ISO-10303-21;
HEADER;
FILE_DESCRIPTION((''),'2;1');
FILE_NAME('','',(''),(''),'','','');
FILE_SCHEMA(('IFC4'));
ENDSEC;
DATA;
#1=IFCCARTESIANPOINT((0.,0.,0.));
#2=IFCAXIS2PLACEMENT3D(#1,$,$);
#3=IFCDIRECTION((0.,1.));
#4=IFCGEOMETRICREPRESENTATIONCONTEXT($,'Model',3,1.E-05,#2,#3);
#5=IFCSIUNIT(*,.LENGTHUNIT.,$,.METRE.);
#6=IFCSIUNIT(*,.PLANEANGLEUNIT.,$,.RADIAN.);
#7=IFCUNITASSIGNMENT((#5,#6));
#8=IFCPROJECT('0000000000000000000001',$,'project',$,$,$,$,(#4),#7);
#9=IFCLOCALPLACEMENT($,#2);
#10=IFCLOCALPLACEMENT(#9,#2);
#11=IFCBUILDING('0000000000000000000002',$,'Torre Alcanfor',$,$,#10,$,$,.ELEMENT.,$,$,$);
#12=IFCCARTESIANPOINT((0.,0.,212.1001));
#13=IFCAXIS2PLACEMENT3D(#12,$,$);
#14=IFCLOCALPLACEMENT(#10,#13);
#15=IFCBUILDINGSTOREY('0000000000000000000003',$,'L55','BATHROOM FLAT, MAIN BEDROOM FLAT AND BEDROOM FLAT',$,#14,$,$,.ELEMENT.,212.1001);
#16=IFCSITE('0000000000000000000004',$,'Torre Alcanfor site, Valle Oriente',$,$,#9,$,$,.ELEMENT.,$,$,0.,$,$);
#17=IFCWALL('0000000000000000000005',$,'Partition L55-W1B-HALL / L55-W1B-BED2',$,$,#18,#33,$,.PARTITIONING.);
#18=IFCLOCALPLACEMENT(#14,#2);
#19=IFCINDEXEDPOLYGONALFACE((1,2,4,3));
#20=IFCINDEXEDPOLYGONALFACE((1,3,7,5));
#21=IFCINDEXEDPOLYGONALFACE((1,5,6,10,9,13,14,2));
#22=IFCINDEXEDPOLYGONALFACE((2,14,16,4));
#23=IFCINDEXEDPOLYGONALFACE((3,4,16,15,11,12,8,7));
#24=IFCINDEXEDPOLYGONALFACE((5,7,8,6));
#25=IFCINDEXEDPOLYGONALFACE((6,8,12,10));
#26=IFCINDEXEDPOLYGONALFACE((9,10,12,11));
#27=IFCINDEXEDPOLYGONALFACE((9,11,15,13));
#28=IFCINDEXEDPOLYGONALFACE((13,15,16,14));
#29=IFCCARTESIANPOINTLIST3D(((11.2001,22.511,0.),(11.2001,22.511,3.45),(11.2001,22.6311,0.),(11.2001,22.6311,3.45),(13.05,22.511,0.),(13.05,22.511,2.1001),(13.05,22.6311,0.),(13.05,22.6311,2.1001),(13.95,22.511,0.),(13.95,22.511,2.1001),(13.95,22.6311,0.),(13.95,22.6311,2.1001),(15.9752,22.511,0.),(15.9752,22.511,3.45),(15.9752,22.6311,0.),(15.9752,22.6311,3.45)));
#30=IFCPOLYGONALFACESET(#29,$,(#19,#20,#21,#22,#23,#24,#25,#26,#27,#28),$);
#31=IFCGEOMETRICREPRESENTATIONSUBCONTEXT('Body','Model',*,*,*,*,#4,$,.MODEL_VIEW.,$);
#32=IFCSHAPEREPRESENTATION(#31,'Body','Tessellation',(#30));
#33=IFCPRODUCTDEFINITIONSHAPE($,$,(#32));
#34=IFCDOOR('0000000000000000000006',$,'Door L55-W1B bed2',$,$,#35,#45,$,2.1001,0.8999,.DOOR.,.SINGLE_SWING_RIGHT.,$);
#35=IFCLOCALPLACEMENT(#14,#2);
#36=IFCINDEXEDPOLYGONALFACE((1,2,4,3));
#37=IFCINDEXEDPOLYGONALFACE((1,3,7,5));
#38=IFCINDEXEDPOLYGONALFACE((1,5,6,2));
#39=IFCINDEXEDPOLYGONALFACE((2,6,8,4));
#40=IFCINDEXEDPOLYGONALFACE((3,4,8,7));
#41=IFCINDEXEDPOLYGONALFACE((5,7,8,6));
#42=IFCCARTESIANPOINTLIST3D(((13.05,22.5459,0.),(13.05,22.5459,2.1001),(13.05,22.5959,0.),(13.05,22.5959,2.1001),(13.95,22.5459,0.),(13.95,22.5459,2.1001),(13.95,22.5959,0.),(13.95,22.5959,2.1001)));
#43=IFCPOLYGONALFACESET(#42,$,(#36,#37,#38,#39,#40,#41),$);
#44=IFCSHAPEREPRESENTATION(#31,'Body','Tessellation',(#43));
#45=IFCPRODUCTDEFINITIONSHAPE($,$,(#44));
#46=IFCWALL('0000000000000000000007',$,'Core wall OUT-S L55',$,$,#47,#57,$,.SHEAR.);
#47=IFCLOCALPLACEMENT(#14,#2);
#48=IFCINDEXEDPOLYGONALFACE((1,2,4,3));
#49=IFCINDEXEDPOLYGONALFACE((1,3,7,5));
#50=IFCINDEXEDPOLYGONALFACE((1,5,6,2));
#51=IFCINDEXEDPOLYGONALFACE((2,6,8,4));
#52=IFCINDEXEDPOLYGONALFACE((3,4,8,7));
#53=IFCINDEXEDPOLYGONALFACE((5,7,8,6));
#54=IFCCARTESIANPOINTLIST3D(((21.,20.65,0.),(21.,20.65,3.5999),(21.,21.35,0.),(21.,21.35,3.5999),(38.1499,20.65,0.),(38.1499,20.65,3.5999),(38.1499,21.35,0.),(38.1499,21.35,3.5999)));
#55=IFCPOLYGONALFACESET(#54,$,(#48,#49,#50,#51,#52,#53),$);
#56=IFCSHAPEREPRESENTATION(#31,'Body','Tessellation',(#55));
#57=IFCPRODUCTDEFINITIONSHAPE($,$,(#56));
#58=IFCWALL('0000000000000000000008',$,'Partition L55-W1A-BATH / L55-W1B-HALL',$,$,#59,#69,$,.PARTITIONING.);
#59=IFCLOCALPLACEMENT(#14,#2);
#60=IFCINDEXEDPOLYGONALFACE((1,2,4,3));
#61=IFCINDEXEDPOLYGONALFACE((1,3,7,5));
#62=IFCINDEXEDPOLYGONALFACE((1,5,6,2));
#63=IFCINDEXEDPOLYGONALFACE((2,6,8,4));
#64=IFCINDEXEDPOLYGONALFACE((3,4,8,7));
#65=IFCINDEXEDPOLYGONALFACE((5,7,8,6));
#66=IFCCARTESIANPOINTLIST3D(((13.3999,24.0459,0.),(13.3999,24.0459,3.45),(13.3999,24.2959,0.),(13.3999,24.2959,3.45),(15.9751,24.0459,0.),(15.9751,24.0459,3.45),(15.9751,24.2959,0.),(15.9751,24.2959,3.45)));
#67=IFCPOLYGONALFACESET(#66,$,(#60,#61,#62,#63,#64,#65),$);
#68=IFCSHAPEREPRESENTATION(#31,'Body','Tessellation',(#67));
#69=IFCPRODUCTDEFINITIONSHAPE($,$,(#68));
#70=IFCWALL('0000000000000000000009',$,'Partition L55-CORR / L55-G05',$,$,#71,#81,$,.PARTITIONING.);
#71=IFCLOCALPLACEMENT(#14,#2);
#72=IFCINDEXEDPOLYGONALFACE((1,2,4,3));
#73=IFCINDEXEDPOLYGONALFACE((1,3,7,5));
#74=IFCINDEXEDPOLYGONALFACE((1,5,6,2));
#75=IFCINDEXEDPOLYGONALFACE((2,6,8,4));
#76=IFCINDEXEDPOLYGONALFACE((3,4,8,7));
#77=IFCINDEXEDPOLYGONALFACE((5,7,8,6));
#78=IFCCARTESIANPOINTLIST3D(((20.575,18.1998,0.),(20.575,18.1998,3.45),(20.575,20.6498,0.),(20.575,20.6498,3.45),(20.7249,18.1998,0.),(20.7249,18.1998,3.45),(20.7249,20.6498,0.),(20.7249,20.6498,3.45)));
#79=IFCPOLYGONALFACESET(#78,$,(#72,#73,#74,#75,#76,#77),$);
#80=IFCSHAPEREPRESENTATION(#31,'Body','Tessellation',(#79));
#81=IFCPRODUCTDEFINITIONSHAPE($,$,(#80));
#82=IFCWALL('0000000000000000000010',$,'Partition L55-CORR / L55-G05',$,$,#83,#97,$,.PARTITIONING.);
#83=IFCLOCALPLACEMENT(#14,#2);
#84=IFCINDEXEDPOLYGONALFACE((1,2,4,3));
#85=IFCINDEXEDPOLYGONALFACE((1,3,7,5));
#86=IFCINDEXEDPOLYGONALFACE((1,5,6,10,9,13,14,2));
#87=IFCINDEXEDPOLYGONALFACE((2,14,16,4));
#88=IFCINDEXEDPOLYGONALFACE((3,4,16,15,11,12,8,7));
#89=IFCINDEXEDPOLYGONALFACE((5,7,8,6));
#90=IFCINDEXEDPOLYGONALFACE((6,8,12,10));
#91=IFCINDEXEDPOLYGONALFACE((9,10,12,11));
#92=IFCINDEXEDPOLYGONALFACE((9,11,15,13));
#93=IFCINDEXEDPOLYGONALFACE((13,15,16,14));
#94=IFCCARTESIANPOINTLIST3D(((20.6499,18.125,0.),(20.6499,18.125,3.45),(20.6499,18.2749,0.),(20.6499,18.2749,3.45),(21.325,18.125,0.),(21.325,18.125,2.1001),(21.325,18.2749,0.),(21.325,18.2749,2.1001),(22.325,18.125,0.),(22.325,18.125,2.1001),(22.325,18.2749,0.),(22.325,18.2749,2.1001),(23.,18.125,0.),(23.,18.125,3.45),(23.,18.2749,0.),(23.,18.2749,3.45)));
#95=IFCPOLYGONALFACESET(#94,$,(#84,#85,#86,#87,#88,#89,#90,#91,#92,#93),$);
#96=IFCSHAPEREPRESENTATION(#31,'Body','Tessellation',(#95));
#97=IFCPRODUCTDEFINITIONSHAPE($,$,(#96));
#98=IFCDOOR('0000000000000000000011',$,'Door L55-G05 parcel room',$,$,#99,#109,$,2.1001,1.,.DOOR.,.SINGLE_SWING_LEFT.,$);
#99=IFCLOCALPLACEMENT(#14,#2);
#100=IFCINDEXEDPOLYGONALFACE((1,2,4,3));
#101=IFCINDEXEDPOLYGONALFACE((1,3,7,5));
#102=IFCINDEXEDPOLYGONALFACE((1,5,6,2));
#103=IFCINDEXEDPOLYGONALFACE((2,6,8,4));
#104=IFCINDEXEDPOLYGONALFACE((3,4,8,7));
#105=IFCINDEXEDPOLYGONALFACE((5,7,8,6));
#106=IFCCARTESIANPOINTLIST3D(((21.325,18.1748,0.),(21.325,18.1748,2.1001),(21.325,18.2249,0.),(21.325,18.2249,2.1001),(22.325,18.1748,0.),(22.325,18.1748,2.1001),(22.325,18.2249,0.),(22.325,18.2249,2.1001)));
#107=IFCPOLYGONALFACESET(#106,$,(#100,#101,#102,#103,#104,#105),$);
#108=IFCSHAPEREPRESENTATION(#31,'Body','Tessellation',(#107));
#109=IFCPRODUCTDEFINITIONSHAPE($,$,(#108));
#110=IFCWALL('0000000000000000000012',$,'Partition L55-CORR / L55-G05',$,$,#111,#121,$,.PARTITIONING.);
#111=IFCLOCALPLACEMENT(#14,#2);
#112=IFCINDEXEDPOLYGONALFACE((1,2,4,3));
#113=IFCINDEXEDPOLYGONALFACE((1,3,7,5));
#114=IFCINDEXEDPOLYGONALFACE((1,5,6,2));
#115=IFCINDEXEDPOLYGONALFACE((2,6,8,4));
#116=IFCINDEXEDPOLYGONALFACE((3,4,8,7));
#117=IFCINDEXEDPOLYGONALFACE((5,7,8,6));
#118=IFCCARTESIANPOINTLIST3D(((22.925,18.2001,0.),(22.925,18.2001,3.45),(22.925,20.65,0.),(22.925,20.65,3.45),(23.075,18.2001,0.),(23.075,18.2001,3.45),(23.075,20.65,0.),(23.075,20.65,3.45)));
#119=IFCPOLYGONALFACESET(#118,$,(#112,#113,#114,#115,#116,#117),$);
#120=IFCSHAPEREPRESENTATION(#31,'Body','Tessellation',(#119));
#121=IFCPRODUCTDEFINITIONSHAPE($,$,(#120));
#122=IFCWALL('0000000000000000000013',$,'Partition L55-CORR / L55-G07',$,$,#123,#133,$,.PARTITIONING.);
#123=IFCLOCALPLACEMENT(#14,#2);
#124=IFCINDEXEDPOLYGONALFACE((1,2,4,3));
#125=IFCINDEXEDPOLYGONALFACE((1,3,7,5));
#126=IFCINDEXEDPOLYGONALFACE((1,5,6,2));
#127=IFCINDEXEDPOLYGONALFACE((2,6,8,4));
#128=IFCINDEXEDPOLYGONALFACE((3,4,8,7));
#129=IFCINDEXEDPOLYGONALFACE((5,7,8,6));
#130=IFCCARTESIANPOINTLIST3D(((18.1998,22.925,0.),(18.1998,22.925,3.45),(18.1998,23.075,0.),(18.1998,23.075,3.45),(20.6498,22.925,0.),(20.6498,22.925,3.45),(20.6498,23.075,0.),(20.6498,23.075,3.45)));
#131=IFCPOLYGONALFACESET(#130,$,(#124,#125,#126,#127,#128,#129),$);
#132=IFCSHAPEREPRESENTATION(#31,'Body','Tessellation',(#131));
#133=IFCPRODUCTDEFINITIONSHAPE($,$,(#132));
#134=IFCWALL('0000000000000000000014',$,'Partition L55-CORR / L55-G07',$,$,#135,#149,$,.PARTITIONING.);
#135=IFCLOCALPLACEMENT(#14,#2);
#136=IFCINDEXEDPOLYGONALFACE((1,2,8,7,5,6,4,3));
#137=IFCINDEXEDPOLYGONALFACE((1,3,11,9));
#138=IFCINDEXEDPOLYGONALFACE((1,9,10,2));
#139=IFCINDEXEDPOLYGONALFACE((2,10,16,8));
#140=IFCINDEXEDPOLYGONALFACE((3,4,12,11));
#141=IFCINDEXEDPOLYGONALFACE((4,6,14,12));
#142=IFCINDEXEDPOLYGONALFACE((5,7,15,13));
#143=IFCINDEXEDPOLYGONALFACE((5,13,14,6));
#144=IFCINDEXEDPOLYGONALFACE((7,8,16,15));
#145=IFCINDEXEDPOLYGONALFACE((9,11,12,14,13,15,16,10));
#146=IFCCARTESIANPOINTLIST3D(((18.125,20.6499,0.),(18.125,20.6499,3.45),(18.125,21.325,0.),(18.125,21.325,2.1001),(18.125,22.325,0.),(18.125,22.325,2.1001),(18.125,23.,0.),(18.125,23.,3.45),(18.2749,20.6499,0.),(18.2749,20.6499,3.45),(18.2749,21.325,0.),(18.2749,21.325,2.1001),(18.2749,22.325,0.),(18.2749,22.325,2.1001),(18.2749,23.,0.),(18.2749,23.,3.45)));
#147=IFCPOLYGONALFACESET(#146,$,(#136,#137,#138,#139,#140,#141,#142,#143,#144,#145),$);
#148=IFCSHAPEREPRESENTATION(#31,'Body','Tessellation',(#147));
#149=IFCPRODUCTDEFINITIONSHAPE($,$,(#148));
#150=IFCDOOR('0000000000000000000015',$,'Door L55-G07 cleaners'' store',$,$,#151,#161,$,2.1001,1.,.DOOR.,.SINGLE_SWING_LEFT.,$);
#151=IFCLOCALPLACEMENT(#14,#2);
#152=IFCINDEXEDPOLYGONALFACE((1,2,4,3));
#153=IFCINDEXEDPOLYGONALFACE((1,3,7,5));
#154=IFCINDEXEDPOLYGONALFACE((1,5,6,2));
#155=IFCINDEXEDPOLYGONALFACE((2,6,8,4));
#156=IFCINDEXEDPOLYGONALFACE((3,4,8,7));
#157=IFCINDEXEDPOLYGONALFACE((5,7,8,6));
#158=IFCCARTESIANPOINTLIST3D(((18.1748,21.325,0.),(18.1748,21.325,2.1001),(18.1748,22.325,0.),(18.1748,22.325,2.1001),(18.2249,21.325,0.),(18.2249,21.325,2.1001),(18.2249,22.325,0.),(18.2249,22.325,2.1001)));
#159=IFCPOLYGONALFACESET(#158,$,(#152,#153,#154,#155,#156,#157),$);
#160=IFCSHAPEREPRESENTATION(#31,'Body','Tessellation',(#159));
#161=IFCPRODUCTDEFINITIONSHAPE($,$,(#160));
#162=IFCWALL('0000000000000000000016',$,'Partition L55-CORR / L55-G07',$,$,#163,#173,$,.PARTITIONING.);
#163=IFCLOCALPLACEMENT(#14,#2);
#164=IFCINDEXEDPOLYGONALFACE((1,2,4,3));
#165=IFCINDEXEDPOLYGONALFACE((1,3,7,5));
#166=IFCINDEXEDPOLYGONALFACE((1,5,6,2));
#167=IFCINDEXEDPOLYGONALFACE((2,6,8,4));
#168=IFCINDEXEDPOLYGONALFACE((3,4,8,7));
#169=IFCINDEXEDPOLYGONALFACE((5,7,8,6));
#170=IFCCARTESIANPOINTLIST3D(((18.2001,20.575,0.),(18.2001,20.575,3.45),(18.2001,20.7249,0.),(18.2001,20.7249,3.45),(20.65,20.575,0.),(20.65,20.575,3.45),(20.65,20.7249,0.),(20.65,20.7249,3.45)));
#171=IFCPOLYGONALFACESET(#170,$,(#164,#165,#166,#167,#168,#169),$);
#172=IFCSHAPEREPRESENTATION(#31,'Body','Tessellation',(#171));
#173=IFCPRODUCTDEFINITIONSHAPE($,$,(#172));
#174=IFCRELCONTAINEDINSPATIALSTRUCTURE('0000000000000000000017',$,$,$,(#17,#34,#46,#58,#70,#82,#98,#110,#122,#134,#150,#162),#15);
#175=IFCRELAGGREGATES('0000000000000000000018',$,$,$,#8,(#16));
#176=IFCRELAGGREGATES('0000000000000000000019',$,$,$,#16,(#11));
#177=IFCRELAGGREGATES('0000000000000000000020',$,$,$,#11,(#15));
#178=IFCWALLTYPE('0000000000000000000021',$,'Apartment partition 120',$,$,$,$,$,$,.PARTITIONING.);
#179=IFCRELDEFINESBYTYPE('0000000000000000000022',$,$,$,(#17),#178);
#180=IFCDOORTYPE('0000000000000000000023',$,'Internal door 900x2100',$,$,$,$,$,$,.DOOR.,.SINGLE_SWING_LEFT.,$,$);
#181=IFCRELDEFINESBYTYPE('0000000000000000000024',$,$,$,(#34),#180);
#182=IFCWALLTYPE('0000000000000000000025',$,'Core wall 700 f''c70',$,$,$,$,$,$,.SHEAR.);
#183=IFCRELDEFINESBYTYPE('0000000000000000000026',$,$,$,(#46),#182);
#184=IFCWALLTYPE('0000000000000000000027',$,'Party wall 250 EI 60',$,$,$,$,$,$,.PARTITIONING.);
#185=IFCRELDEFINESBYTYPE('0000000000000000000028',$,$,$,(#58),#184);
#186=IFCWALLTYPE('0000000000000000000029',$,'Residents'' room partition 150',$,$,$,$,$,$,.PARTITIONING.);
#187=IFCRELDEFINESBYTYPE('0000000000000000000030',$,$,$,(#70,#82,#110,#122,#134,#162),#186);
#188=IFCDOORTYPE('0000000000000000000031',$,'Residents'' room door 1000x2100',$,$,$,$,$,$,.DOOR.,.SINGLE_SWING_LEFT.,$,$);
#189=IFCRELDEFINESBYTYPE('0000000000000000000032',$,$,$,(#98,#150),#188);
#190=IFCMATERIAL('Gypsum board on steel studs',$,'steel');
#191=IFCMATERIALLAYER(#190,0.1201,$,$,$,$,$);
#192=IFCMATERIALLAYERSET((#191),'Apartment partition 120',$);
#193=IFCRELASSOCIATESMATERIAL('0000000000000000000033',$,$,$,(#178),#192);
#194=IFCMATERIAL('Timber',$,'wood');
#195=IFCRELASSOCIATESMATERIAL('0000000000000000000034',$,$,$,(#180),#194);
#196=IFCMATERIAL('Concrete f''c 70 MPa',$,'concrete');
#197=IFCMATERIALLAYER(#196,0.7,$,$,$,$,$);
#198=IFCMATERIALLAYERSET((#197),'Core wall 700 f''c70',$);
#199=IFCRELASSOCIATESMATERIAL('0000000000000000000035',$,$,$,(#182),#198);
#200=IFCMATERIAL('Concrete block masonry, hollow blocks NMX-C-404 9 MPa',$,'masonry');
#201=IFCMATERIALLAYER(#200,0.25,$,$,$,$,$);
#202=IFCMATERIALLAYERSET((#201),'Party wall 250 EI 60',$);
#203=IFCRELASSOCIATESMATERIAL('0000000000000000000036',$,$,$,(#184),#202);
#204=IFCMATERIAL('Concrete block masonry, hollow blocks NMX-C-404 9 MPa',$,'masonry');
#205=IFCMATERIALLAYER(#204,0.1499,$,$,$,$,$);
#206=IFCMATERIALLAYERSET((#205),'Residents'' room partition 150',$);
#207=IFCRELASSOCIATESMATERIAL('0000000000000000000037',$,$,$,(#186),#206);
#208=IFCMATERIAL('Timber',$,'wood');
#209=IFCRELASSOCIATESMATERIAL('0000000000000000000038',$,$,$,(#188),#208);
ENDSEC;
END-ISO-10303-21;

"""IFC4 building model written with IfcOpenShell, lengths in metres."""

from ifc_helpers import new_model, si_unit, direction, frame, frame_2d, origin, place, context, subcontext, project, spatial, rectangle, extrude, material, layer, layer_set, type_object, element, fill, save


model = new_model("IFC4")

# Units and contexts
model_context = context("Model", 3, precision=1e-05, world=origin(), true_north=direction((0.0, 1.0)))
body_context = subcontext(model_context, "Body", "Model", "MODEL_VIEW")
ifc_project = project(units=[si_unit("LENGTHUNIT", "METRE"), si_unit("PLANEANGLEUNIT", "RADIAN")], contexts=[model_context])

# Site, building, storey
site_placement = place(None, origin())
site = spatial("IfcSite", under=ifc_project, at=site_placement, Name="Torre Alcanfor site, Valle Oriente", CompositionType="ELEMENT", RefElevation=0.0)
building_placement = place(site_placement, origin())
building = spatial("IfcBuilding", under=site, at=building_placement, Name="Torre Alcanfor", CompositionType="ELEMENT")
storey_placement = place(building_placement, frame((0.0, 0.0, 212.1001)))
storey = spatial("IfcBuildingStorey", under=building, at=storey_placement, Name="L55", Description="BATHROOM FLAT, MAIN BEDROOM FLAT AND BEDROOM FLAT", CompositionType="ELEMENT", Elevation=212.1001)

# Wall, opening, door
ifc_material_1 = material(Name="Gypsum board on steel studs", Category="steel")
ifc_layer_1 = layer(ifc_material_1, 0.1201)
ifc_layer_set_1 = layer_set([ifc_layer_1], Name="Apartment partition 120")
wall_type_1 = type_object("IfcWallType", Name="Apartment partition 120", PredefinedType="PARTITIONING", material=ifc_layer_set_1)
wall_1_placement = place(storey_placement, frame((11.2, 22.571, 0.0), z_axis=(0.0, 0.0, 1.0), x_axis=(1.0, 0.0, 0.0)))
wall_1 = element("IfcWall", 1, at=wall_1_placement, inside=storey, type_object=wall_type_1, Name="Partition L55-W1B-HALL / L55-W1B-BED2", PredefinedType="PARTITIONING", context=body_context, shape_type="SweptSolid", body=[
    extrude(rectangle(XDim=4.7751, YDim=0.1201, at=frame_2d((2.3877, 0.0))), origin(), (0.0, 0.0, 1.0), 3.45),
])
opening_1_placement = place(wall_1_placement, frame((1.8501, 0.0, 0.0)))
opening_1 = element("IfcOpeningElement", 2, at=opening_1_placement, cuts=wall_1, PredefinedType="OPENING", context=body_context, shape_type="SweptSolid", body=[
    extrude(rectangle(XDim=0.8999, YDim=2.1001, at=frame_2d((0.45, 1.05))), frame((0.0, 0.0701, 0.0), z_axis=(0.0, -1.0, 0.0), x_axis=(1.0, 0.0, 0.0)), (0.0, 0.0, 1.0), 0.1401),
])
ifc_material_2 = material(Name="Timber", Category="wood")
door_type_1 = type_object("IfcDoorType", Name="Internal door 900x2100", OperationType="SINGLE_SWING_LEFT", PredefinedType="DOOR", material=ifc_material_2)
door_1_placement = place(opening_1_placement, frame((0.8999, 0.0, 0.0), z_axis=(0.0, 0.0, 1.0), x_axis=(-1.0, 0.0, 0.0)))
door_1 = element("IfcDoor", 3, at=door_1_placement, inside=storey, type_object=door_type_1, Name="Door L55-W1B bed2", OperationType="SINGLE_SWING_RIGHT", OverallHeight=2.1001, OverallWidth=0.8999, PredefinedType="DOOR", context=body_context, shape_type="SweptSolid", body=[
    extrude(rectangle(XDim=0.8999, YDim=2.1001, at=frame_2d((0.45, 1.05))), frame((0.0, 0.0251, 0.0), z_axis=(0.0, -1.0, 0.0), x_axis=(1.0, 0.0, 0.0)), (0.0, 0.0, 1.0), 0.05),
])
fill(opening_1, door_1)

# Walls
ifc_material_3 = material(Name="Concrete f'c 70 MPa", Category="concrete")
ifc_layer_2 = layer(ifc_material_3, 0.7)
ifc_layer_set_2 = layer_set([ifc_layer_2], Name="Core wall 700 f'c70")
wall_type_2 = type_object("IfcWallType", Name="Core wall 700 f'c70", PredefinedType="SHEAR", material=ifc_layer_set_2)
wall_2_placement = place(storey_placement, frame((21.0, 21.0, 0.0), z_axis=(0.0, 0.0, 1.0), x_axis=(1.0, 0.0, 0.0)))
element("IfcWall", 4, at=wall_2_placement, inside=storey, type_object=wall_type_2, Name="Core wall OUT-S L55", PredefinedType="SHEAR", context=body_context, shape_type="SweptSolid", body=[
    extrude(rectangle(XDim=17.1499, YDim=0.7, at=frame_2d((8.575, 0.0))), origin(), (0.0, 0.0, 1.0), 3.5999),
])
ifc_material_4 = material(Name="Concrete block masonry, hollow blocks NMX-C-404 9 MPa", Category="masonry")
ifc_layer_3 = layer(ifc_material_4, 0.25)
ifc_layer_set_3 = layer_set([ifc_layer_3], Name="Party wall 250 EI 60")
wall_type_3 = type_object("IfcWallType", Name="Party wall 250 EI 60", PredefinedType="PARTITIONING", material=ifc_layer_set_3)
wall_3_placement = place(storey_placement, frame((13.3999, 24.1709, 0.0), z_axis=(0.0, 0.0, 1.0), x_axis=(1.0, 0.0, 0.0)))
element("IfcWall", 5, at=wall_3_placement, inside=storey, type_object=wall_type_3, Name="Partition L55-W1A-BATH / L55-W1B-HALL", PredefinedType="PARTITIONING", context=body_context, shape_type="SweptSolid", body=[
    extrude(rectangle(XDim=2.5752, YDim=0.25, at=frame_2d((1.2876, 0.0))), origin(), (0.0, 0.0, 1.0), 3.45),
])
ifc_material_5 = material(Name="Concrete block masonry, hollow blocks NMX-C-404 9 MPa", Category="masonry")
ifc_layer_4 = layer(ifc_material_5, 0.1499)
ifc_layer_set_4 = layer_set([ifc_layer_4], Name="Residents' room partition 150")
wall_type_4 = type_object("IfcWallType", Name="Residents' room partition 150", PredefinedType="PARTITIONING", material=ifc_layer_set_4)
wall_4_placement = place(storey_placement, frame((20.6499, 20.6499, 0.0), z_axis=(0.0, 0.0, 1.0), x_axis=(0.0, -1.0, 0.0)))
element("IfcWall", 6, at=wall_4_placement, inside=storey, type_object=wall_type_4, Name="Partition L55-CORR / L55-G05", PredefinedType="PARTITIONING", context=body_context, shape_type="SweptSolid", body=[
    extrude(rectangle(XDim=2.45, YDim=0.1499, at=frame_2d((1.2251, 0.0))), origin(), (0.0, 0.0, 1.0), 3.45),
])

# Wall, opening, door
wall_5_placement = place(storey_placement, frame((20.6499, 18.2, 0.0), z_axis=(0.0, 0.0, 1.0), x_axis=(1.0, 0.0, 0.0)))
wall_5 = element("IfcWall", 7, at=wall_5_placement, inside=storey, type_object=wall_type_4, Name="Partition L55-CORR / L55-G05", PredefinedType="PARTITIONING", context=body_context, shape_type="SweptSolid", body=[
    extrude(rectangle(XDim=2.3501, YDim=0.1499, at=frame_2d((1.175, 0.0))), origin(), (0.0, 0.0, 1.0), 3.45),
])
opening_2_placement = place(wall_5_placement, frame((0.675, 0.0, 0.0)))
opening_2 = element("IfcOpeningElement", 8, at=opening_2_placement, cuts=wall_5, PredefinedType="OPENING", context=body_context, shape_type="SweptSolid", body=[
    extrude(rectangle(XDim=1.0, YDim=2.1001, at=frame_2d((0.5, 1.05))), frame((0.0, 0.085, 0.0), z_axis=(0.0, -1.0, 0.0), x_axis=(1.0, 0.0, 0.0)), (0.0, 0.0, 1.0), 0.1699),
])
ifc_material_6 = material(Name="Timber", Category="wood")
door_type_2 = type_object("IfcDoorType", Name="Residents' room door 1000x2100", OperationType="SINGLE_SWING_LEFT", PredefinedType="DOOR", material=ifc_material_6)
door_2_placement = place(opening_2_placement, origin())
door_2 = element("IfcDoor", 9, at=door_2_placement, inside=storey, type_object=door_type_2, Name="Door L55-G05 parcel room", OperationType="SINGLE_SWING_LEFT", OverallHeight=2.1001, OverallWidth=1.0, PredefinedType="DOOR", context=body_context, shape_type="SweptSolid", body=[
    extrude(rectangle(XDim=1.0, YDim=2.1001, at=frame_2d((0.5, 1.05))), frame((0.0, 0.0249, 0.0), z_axis=(0.0, -1.0, 0.0), x_axis=(1.0, 0.0, 0.0)), (0.0, 0.0, 1.0), 0.05),
])
fill(opening_2, door_2)

# Walls
for number, where, z_axis, x_axis, name in (
    (10, (23.0, 18.2, 0.0), (0.0, 0.0, 1.0), (0.0, 1.0, 0.0), "Partition L55-CORR / L55-G05"),
    (11, (20.6499, 23.0, 0.0), (0.0, 0.0, 1.0), (-1.0, 0.0, 0.0), "Partition L55-CORR / L55-G07"),
):
    element("IfcWall", number, at=place(storey_placement, frame(where, z_axis=z_axis, x_axis=x_axis)), inside=storey, type_object=wall_type_4, Name=name, PredefinedType="PARTITIONING", context=body_context, shape_type="SweptSolid", body=[
        extrude(rectangle(XDim=2.45, YDim=0.1499, at=frame_2d((1.2251, 0.0))), origin(), (0.0, 0.0, 1.0), 3.45),
    ])

# Wall, opening, door
wall_6_placement = place(storey_placement, frame((18.2, 23.0, 0.0), z_axis=(0.0, 0.0, 1.0), x_axis=(0.0, -1.0, 0.0)))
wall_6 = element("IfcWall", 12, at=wall_6_placement, inside=storey, type_object=wall_type_4, Name="Partition L55-CORR / L55-G07", PredefinedType="PARTITIONING", context=body_context, shape_type="SweptSolid", body=[
    extrude(rectangle(XDim=2.3501, YDim=0.1499, at=frame_2d((1.175, 0.0))), origin(), (0.0, 0.0, 1.0), 3.45),
])
opening_3_placement = place(wall_6_placement, frame((0.675, 0.0, 0.0)))
opening_3 = element("IfcOpeningElement", 13, at=opening_3_placement, cuts=wall_6, PredefinedType="OPENING", context=body_context, shape_type="SweptSolid", body=[
    extrude(rectangle(XDim=1.0, YDim=2.1001, at=frame_2d((0.5, 1.05))), frame((0.0, 0.085, 0.0), z_axis=(0.0, -1.0, 0.0), x_axis=(1.0, 0.0, 0.0)), (0.0, 0.0, 1.0), 0.1699),
])
door_3_placement = place(opening_3_placement, origin())
door_3 = element("IfcDoor", 14, at=door_3_placement, inside=storey, type_object=door_type_2, Name="Door L55-G07 cleaners' store", OperationType="SINGLE_SWING_LEFT", OverallHeight=2.1001, OverallWidth=1.0, PredefinedType="DOOR", context=body_context, shape_type="SweptSolid", body=[
    extrude(rectangle(XDim=1.0, YDim=2.1001, at=frame_2d((0.5, 1.05))), frame((0.0, 0.0249, 0.0), z_axis=(0.0, -1.0, 0.0), x_axis=(1.0, 0.0, 0.0)), (0.0, 0.0, 1.0), 0.05),
])
fill(opening_3, door_3)

# Wall
wall_7_placement = place(storey_placement, frame((18.2, 20.6499, 0.0), z_axis=(0.0, 0.0, 1.0), x_axis=(1.0, 0.0, 0.0)))
element("IfcWall", 15, at=wall_7_placement, inside=storey, type_object=wall_type_4, Name="Partition L55-CORR / L55-G07", PredefinedType="PARTITIONING", context=body_context, shape_type="SweptSolid", body=[
    extrude(rectangle(XDim=2.45, YDim=0.1499, at=frame_2d((1.2251, 0.0))), origin(), (0.0, 0.0, 1.0), 3.45),
])

save(model, "model.ifc")
